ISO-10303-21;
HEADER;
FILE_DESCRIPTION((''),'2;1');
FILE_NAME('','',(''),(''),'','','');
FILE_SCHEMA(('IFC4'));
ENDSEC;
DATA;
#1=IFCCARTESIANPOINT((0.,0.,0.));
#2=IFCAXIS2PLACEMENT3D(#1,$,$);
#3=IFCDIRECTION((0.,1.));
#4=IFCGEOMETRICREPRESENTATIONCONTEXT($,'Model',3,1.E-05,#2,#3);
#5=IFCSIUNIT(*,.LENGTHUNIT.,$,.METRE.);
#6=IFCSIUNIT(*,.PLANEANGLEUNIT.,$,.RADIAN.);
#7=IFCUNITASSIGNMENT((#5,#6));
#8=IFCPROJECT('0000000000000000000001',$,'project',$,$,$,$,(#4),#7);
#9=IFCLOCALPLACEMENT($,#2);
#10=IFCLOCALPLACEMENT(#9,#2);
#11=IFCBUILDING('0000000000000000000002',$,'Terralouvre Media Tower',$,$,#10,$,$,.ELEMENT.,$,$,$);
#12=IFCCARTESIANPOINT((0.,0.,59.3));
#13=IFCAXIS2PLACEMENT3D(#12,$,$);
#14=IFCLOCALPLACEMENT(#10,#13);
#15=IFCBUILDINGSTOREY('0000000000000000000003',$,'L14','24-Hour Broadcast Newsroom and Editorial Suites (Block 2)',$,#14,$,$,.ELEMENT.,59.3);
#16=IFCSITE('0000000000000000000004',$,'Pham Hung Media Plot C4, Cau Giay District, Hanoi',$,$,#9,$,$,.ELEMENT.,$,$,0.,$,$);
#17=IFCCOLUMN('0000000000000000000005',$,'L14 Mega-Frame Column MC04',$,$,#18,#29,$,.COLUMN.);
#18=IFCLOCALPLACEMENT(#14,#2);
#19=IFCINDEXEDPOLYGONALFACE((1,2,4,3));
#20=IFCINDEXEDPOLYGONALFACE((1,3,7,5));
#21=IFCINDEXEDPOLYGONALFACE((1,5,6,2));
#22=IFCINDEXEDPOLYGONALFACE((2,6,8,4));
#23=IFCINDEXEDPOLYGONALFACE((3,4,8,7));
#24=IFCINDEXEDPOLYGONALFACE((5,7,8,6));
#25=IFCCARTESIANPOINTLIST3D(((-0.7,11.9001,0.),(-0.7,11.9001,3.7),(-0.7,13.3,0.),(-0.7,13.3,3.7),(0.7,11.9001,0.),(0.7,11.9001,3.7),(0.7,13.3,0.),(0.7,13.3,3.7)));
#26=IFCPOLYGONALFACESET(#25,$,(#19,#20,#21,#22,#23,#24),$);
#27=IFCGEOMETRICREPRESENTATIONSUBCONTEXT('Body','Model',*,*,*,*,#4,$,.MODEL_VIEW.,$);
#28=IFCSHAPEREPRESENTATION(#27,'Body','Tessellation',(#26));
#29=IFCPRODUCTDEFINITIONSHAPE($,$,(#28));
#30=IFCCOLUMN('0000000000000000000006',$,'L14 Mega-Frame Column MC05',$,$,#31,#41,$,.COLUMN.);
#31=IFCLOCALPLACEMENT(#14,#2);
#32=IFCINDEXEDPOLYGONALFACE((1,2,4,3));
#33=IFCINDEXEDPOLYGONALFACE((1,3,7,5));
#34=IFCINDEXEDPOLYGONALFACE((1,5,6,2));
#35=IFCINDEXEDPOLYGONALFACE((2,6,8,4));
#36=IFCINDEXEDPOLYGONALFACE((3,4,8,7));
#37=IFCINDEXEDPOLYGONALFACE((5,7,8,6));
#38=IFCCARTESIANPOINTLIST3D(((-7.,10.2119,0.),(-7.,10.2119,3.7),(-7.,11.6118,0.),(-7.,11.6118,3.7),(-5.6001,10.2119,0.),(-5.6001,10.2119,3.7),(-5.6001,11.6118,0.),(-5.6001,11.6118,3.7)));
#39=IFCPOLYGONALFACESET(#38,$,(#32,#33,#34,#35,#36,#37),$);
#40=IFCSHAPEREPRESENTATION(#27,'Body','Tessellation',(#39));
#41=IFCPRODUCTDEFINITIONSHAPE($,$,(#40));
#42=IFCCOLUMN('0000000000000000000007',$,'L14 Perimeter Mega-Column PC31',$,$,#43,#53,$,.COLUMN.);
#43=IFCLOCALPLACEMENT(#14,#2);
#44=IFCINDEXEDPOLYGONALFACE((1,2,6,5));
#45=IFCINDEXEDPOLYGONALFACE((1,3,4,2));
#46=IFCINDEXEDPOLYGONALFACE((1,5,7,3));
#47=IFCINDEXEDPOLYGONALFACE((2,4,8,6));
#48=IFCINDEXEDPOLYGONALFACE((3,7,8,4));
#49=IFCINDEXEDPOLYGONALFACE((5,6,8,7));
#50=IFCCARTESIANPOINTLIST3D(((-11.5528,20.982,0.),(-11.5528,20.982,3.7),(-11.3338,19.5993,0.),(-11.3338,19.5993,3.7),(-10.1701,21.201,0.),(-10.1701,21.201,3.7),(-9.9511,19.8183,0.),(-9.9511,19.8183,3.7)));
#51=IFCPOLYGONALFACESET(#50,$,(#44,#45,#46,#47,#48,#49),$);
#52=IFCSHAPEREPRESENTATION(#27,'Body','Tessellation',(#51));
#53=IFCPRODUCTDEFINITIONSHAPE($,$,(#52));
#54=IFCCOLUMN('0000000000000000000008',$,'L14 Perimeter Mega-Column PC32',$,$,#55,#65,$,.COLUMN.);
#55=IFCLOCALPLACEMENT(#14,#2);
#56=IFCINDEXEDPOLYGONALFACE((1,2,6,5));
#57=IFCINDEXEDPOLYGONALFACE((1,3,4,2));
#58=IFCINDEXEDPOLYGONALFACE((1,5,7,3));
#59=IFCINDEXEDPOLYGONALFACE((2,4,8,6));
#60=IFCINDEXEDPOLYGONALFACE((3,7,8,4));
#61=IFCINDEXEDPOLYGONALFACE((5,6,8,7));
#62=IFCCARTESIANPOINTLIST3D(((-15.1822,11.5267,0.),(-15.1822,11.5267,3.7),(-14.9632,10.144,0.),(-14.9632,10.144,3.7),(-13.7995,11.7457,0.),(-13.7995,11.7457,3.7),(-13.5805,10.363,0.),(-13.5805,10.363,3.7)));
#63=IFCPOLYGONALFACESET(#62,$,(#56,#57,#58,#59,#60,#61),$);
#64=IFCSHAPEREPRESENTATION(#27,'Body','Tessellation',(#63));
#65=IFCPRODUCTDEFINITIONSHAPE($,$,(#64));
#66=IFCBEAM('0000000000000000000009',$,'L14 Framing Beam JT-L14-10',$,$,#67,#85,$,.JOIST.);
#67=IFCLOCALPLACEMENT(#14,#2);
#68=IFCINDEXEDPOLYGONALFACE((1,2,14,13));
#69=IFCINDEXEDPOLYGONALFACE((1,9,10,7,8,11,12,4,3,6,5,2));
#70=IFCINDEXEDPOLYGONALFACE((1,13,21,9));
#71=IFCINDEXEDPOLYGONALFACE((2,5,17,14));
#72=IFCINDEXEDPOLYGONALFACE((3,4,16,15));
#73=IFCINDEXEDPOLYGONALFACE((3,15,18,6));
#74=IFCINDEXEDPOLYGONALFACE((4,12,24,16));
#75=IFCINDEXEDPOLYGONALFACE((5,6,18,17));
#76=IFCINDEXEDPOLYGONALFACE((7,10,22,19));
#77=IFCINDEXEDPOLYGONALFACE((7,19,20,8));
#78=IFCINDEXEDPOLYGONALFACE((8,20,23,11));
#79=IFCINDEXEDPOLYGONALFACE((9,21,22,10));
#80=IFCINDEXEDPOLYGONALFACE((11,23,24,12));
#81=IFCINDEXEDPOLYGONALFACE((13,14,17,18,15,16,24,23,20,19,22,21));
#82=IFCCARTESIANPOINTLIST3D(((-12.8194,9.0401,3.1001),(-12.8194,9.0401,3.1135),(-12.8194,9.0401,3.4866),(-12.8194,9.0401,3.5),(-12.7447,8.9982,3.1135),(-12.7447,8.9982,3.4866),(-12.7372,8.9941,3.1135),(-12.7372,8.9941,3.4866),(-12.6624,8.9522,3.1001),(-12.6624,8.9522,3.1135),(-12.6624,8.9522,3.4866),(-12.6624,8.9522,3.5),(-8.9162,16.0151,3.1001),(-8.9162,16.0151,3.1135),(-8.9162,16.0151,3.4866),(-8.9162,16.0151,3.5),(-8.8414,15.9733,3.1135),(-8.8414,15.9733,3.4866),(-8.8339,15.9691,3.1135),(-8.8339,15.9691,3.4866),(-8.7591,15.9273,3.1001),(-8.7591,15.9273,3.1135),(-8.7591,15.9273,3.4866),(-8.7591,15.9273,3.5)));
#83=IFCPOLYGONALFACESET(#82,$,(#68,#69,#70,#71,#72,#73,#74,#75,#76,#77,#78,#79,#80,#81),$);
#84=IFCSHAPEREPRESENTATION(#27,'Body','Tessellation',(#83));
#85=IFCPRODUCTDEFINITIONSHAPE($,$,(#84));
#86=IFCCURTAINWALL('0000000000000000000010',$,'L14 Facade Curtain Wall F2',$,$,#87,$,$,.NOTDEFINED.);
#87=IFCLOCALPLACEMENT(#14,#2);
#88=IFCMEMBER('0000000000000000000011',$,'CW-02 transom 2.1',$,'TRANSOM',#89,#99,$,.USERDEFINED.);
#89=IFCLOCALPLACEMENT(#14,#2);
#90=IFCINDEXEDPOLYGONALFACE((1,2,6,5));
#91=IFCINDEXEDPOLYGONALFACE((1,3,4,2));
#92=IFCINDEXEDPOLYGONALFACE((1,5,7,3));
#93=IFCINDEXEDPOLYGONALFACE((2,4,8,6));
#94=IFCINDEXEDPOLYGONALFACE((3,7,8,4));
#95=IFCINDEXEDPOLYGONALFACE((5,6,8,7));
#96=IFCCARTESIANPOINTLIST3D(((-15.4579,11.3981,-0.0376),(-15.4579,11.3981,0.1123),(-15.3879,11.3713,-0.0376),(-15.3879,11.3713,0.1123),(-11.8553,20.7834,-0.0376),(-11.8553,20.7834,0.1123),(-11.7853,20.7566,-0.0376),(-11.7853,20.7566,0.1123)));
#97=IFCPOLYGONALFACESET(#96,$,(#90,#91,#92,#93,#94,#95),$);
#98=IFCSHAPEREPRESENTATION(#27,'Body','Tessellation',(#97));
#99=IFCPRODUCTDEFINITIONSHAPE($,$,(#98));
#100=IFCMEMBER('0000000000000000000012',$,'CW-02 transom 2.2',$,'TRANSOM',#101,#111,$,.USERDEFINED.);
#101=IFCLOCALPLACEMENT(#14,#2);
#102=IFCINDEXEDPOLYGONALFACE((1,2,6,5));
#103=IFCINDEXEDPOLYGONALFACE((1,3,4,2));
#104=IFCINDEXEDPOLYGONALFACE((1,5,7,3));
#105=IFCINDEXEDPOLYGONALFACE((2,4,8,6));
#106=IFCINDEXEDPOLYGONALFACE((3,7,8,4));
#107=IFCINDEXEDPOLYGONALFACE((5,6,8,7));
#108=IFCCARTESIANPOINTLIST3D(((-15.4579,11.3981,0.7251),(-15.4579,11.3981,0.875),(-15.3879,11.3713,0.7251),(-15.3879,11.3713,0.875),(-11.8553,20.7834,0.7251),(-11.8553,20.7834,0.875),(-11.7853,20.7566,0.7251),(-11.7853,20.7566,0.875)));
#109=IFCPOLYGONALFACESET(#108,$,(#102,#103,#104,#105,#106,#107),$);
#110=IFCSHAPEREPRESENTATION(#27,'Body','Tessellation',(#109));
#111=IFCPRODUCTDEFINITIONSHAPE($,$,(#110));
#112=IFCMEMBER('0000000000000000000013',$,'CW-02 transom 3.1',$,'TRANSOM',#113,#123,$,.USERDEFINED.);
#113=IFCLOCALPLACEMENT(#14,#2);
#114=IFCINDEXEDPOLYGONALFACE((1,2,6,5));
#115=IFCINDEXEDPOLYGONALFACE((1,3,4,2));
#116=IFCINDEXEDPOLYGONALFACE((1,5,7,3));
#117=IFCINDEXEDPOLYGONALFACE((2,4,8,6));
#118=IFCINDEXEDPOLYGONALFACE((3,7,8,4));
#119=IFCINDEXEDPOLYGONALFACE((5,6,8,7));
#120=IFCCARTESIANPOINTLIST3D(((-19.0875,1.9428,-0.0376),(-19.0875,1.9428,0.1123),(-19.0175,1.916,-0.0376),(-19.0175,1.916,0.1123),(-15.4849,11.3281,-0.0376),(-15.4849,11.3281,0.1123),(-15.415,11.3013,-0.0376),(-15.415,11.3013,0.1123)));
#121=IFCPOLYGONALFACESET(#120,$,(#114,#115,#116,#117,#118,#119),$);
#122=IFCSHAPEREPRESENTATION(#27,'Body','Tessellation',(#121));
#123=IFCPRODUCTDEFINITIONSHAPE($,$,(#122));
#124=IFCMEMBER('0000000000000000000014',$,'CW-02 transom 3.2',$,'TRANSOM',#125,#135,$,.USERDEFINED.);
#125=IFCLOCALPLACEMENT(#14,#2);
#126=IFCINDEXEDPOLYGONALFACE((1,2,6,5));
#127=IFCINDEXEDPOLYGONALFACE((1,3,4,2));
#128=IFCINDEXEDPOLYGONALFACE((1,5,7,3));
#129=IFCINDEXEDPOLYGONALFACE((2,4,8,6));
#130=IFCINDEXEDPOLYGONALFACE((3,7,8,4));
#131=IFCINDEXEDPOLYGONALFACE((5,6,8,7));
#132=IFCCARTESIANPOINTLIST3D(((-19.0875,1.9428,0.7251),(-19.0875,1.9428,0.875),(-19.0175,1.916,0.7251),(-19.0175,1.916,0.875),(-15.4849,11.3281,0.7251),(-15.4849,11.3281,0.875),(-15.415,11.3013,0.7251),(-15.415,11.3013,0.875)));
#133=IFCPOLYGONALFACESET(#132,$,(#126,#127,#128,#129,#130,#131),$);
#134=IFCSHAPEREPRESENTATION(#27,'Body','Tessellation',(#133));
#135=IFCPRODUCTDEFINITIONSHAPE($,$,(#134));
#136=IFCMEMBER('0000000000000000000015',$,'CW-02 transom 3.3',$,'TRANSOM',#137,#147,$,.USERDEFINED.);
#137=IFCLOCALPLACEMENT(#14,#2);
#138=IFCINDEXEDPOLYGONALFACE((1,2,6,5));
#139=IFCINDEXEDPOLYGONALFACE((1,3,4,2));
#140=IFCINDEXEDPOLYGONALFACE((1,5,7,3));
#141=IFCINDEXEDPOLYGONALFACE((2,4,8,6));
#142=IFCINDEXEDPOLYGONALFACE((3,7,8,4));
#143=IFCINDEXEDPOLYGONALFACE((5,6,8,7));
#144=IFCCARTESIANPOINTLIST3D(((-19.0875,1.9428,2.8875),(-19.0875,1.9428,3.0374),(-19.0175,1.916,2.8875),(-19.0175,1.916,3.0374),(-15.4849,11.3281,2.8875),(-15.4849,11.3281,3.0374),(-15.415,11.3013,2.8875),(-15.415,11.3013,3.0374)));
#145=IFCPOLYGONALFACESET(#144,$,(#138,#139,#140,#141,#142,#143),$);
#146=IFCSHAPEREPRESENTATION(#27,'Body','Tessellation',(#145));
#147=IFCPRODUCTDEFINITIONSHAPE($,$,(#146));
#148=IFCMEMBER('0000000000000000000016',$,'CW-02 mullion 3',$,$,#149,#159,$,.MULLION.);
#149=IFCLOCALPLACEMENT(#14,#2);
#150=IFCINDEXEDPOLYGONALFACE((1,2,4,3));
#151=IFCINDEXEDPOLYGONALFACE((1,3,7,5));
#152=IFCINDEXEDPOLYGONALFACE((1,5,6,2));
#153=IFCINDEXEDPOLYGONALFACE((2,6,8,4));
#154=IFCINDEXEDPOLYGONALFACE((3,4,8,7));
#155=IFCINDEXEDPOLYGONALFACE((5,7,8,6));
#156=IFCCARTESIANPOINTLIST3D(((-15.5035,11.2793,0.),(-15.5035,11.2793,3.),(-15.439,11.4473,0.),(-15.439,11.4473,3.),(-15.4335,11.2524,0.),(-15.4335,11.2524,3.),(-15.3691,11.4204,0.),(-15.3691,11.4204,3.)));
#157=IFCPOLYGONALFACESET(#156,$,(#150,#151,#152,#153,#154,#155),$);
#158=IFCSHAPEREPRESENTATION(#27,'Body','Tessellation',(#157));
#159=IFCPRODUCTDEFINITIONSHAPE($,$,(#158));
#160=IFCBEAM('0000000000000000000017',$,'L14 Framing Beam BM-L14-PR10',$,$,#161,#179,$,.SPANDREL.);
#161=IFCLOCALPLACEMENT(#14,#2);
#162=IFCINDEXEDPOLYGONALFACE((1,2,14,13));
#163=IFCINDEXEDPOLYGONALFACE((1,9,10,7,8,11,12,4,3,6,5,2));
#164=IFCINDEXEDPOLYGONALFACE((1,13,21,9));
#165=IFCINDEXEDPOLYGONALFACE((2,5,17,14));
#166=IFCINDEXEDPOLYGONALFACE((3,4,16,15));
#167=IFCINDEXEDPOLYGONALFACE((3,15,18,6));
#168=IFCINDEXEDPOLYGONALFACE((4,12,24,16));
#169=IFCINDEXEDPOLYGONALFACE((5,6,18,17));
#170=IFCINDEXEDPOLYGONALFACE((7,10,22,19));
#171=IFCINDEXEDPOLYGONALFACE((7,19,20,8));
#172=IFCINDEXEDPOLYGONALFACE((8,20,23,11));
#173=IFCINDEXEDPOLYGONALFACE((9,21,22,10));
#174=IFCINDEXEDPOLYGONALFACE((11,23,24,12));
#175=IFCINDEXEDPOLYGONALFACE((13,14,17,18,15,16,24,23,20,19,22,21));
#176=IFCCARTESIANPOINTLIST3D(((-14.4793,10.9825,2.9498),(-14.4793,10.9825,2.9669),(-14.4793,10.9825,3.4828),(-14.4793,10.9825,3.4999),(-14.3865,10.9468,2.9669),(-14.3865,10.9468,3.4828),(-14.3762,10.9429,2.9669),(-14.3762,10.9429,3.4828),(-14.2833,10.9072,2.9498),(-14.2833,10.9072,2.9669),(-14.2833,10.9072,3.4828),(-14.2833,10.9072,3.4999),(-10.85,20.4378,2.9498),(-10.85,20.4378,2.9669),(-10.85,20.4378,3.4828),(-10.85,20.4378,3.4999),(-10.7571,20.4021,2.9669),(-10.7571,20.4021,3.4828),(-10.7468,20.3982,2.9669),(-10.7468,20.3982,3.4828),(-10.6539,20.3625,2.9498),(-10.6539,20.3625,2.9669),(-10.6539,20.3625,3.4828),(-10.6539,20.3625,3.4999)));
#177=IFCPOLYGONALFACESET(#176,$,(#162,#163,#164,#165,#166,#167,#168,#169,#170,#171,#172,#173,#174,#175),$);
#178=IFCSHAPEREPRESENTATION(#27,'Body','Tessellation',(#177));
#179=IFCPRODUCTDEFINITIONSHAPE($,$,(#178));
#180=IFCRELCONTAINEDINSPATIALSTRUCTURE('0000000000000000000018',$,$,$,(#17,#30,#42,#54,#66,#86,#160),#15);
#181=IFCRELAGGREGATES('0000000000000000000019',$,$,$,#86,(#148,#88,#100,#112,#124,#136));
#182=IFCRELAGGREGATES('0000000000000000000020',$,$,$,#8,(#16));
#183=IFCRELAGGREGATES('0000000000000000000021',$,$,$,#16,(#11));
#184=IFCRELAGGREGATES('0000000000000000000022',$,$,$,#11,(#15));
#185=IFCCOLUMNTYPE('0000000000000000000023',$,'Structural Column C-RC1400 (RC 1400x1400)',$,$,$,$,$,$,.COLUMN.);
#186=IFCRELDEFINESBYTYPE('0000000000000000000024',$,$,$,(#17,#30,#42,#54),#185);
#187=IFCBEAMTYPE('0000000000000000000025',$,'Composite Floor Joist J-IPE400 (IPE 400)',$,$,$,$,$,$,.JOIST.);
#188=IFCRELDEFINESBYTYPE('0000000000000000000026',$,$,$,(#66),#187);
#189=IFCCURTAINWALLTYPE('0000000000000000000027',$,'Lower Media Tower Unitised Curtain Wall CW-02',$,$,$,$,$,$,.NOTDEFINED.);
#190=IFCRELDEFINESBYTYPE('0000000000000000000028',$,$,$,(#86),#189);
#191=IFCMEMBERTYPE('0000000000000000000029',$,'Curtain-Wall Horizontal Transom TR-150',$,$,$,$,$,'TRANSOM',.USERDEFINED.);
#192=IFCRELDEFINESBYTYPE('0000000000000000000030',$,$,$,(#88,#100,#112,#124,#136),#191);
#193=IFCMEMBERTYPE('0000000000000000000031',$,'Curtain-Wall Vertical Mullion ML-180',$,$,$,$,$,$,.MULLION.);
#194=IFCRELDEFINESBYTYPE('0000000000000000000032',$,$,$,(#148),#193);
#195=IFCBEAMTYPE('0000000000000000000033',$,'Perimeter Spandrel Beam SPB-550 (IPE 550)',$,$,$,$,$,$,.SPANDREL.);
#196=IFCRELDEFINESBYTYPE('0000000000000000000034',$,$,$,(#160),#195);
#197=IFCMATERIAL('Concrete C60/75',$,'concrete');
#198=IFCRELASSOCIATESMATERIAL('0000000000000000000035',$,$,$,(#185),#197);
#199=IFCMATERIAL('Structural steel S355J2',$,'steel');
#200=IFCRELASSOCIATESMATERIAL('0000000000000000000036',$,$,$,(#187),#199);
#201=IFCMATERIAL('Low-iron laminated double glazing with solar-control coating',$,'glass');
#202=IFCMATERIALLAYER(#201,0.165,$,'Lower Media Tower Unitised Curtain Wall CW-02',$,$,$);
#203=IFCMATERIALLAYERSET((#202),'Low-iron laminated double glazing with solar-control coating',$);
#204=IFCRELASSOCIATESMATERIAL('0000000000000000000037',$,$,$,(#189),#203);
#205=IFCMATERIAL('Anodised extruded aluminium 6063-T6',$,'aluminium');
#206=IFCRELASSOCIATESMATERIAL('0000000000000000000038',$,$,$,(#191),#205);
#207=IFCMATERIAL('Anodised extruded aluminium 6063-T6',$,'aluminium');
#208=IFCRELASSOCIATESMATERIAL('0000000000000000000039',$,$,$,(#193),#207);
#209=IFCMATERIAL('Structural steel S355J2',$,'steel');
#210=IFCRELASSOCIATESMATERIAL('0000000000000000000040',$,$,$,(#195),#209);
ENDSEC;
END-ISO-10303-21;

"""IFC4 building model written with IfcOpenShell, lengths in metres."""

from ifc_helpers import new_model, si_unit, direction, frame, origin, origin_2d, place, context, subcontext, project, spatial, rectangle, i_section, extrude, material, layer, layer_set, material_profile, profile_set, type_object, element, aggregate, save


model = new_model("IFC4")

# Units and contexts
model_context = context("Model", 3, precision=1e-05, world=origin(), true_north=direction((0.0, 1.0)))
body_context = subcontext(model_context, "Body", "Model", "MODEL_VIEW")
ifc_project = project(units=[si_unit("LENGTHUNIT", "METRE"), si_unit("PLANEANGLEUNIT", "RADIAN")], contexts=[model_context])

# Site, building, storey
site_placement = place(None, origin())
site = spatial("IfcSite", under=ifc_project, at=site_placement, Name="Pham Hung Media Plot C4, Cau Giay District, Hanoi", CompositionType="ELEMENT", RefElevation=0.0)
building_placement = place(site_placement, origin())
building = spatial("IfcBuilding", under=site, at=building_placement, Name="Terralouvre Media Tower", CompositionType="ELEMENT")
storey_placement = place(building_placement, frame((0.0, 0.0, 59.3)))
storey = spatial("IfcBuildingStorey", under=building, at=storey_placement, Name="L14", Description="24-Hour Broadcast Newsroom and Editorial Suites (Block 2)", CompositionType="ELEMENT", Elevation=59.3)

# Columns
ifc_material_1 = material(Name="Concrete C60/75", Category="concrete")
ifc_material_profile_1 = material_profile(ifc_material_1, rectangle(XDim=1.3999, YDim=1.3999, at=origin_2d()), Name="RC 1400x1400")
ifc_profile_set_1 = profile_set([ifc_material_profile_1], Name="Concrete C60/75")
column_type = type_object("IfcColumnType", Name="Structural Column C-RC1400 (RC 1400x1400)", PredefinedType="COLUMN", material=ifc_profile_set_1)
for number, where, z_axis, x_axis, name in (
    (1, (0.0, 12.6001, 0.0), (0.0, 0.0, 1.0), (1.0, 0.0, 0.0), "L14 Mega-Frame Column MC04"),
    (2, (-6.3, 10.9119, 0.0), (0.0, 0.0, 1.0), (1.0, 0.0, 0.0), "L14 Mega-Frame Column MC05"),
    (3, (-10.752, 20.4001, 0.0), (0.0, 0.0, 1.0), (0.987688, 0.156434, 0.0), "L14 Perimeter Mega-Column PC31"),
    (4, (-14.3813, 10.9448, 0.0), (0.0, 0.0, 1.0), (0.987688, 0.156434, 0.0), "L14 Perimeter Mega-Column PC32"),
):
    element("IfcColumn", number, at=place(storey_placement, frame(where, z_axis=z_axis, x_axis=x_axis)), inside=storey, type_object=column_type, Name=name, PredefinedType="COLUMN", context=body_context, shape_type="SweptSolid", body=[
        extrude(rectangle(XDim=1.3999, YDim=1.3999, at=origin_2d()), origin(), (0.0, 0.0, 1.0), 3.7),
    ])

# Beam
ifc_material_2 = material(Name="Structural steel S355J2", Category="steel")
ifc_material_profile_2 = material_profile(ifc_material_2, i_section(OverallWidth=0.1799, OverallDepth=0.3999, WebThickness=0.0085, FlangeThickness=0.0134, at=origin_2d()), Name="IPE 400")
ifc_profile_set_2 = profile_set([ifc_material_profile_2], Name="Structural steel S355J2")
beam_type_1 = type_object("IfcBeamType", Name="Composite Floor Joist J-IPE400 (IPE 400)", PredefinedType="JOIST", material=ifc_profile_set_2)
beam_1_placement = place(storey_placement, frame((-8.8376, 15.9712, 3.3), z_axis=(-0.488343, -0.872652, 0.0), x_axis=(0.872652, -0.488343, 0.0)))
element("IfcBeam", 5, at=beam_1_placement, inside=storey, type_object=beam_type_1, Name="L14 Framing Beam JT-L14-10", PredefinedType="JOIST", context=body_context, shape_type="SweptSolid", body=[
    extrude(i_section(OverallWidth=0.1799, OverallDepth=0.3999, WebThickness=0.0085, FlangeThickness=0.0134, at=origin_2d()), origin(), (0.0, 0.0, 1.0), 7.9929),
])

# Curtain wall, members
ifc_material_3 = material(Name="Low-iron laminated double glazing with solar-control coating", Category="glass")
ifc_layer_1 = layer(ifc_material_3, 0.165, Name="Lower Media Tower Unitised Curtain Wall CW-02")
ifc_layer_set_1 = layer_set([ifc_layer_1], Name="Low-iron laminated double glazing with solar-control coating")
curtain_wall_type = type_object("IfcCurtainWallType", Name="Lower Media Tower Unitised Curtain Wall CW-02", PredefinedType="NOTDEFINED", material=ifc_layer_set_1)
curtain_wall_placement = place(storey_placement, origin())
curtain_wall = element("IfcCurtainWall", 6, at=curtain_wall_placement, inside=storey, type_object=curtain_wall_type, Name="L14 Facade Curtain Wall F2", PredefinedType="NOTDEFINED")
ifc_material_4 = material(Name="Anodised extruded aluminium 6063-T6", Category="aluminium")
ifc_material_profile_3 = material_profile(ifc_material_4, rectangle(XDim=0.075, YDim=0.1499, at=origin_2d()), Name="ALU 75x150")
ifc_profile_set_3 = profile_set([ifc_material_profile_3], Name="Anodised extruded aluminium 6063-T6")
member_type_1 = type_object("IfcMemberType", Name="Curtain-Wall Horizontal Transom TR-150", ElementType="TRANSOM", PredefinedType="USERDEFINED", material=ifc_profile_set_3)
member_1_placement = place(storey_placement, frame((-11.8203, 20.77, 0.0374), z_axis=(-0.358357, -0.933584, 0.0), x_axis=(0.933584, -0.358357, 0.0)))
member_1 = element("IfcMember", 7, at=member_1_placement, type_object=member_type_1, Name="CW-02 transom 2.1", ObjectType="TRANSOM", PredefinedType="USERDEFINED", context=body_context, shape_type="SweptSolid", body=[
    extrude(rectangle(XDim=0.075, YDim=0.1499, at=origin_2d()), origin(), (0.0, 0.0, 1.0), 10.053),
])
member_2_placement = place(storey_placement, frame((-11.8203, 20.77, 0.8), z_axis=(-0.358357, -0.933584, 0.0), x_axis=(0.933584, -0.358357, 0.0)))
member_2 = element("IfcMember", 8, at=member_2_placement, type_object=member_type_1, Name="CW-02 transom 2.2", ObjectType="TRANSOM", PredefinedType="USERDEFINED", context=body_context, shape_type="SweptSolid", body=[
    extrude(rectangle(XDim=0.075, YDim=0.1499, at=origin_2d()), origin(), (0.0, 0.0, 1.0), 10.053),
])
member_3_placement = place(storey_placement, frame((-15.45, 11.3147, 0.0374), z_axis=(-0.358357, -0.933584, 0.0), x_axis=(0.933584, -0.358357, 0.0)))
member_3 = element("IfcMember", 9, at=member_3_placement, type_object=member_type_1, Name="CW-02 transom 3.1", ObjectType="TRANSOM", PredefinedType="USERDEFINED", context=body_context, shape_type="SweptSolid", body=[
    extrude(rectangle(XDim=0.075, YDim=0.1499, at=origin_2d()), origin(), (0.0, 0.0, 1.0), 10.053),
])
member_4_placement = place(storey_placement, frame((-15.45, 11.3147, 0.8), z_axis=(-0.358357, -0.933584, 0.0), x_axis=(0.933584, -0.358357, 0.0)))
member_4 = element("IfcMember", 10, at=member_4_placement, type_object=member_type_1, Name="CW-02 transom 3.2", ObjectType="TRANSOM", PredefinedType="USERDEFINED", context=body_context, shape_type="SweptSolid", body=[
    extrude(rectangle(XDim=0.075, YDim=0.1499, at=origin_2d()), origin(), (0.0, 0.0, 1.0), 10.053),
])
member_5_placement = place(storey_placement, frame((-15.45, 11.3147, 2.9624), z_axis=(-0.358357, -0.933584, 0.0), x_axis=(0.933584, -0.358357, 0.0)))
member_5 = element("IfcMember", 11, at=member_5_placement, type_object=member_type_1, Name="CW-02 transom 3.3", ObjectType="TRANSOM", PredefinedType="USERDEFINED", context=body_context, shape_type="SweptSolid", body=[
    extrude(rectangle(XDim=0.075, YDim=0.1499, at=origin_2d()), origin(), (0.0, 0.0, 1.0), 10.053),
])
ifc_material_5 = material(Name="Anodised extruded aluminium 6063-T6", Category="aluminium")
ifc_material_profile_4 = material_profile(ifc_material_5, rectangle(XDim=0.075, YDim=0.1799, at=origin_2d()), Name="ALU 75x180")
ifc_profile_set_4 = profile_set([ifc_material_profile_4], Name="Anodised extruded aluminium 6063-T6")
member_type_2 = type_object("IfcMemberType", Name="Curtain-Wall Vertical Mullion ML-180", PredefinedType="MULLION", material=ifc_profile_set_4)
member_6_placement = place(storey_placement, frame((-15.4363, 11.3499, 0.0), z_axis=(0.0, 0.0, 1.0), x_axis=(0.93358, -0.358368, 0.0)))
member_6 = element("IfcMember", 12, at=member_6_placement, type_object=member_type_2, Name="CW-02 mullion 3", PredefinedType="MULLION", context=body_context, shape_type="SweptSolid", body=[
    extrude(rectangle(XDim=0.075, YDim=0.1799, at=origin_2d()), origin(), (0.0, 0.0, 1.0), 3.0),
])

# Beam
ifc_material_6 = material(Name="Structural steel S355J2", Category="steel")
ifc_material_profile_5 = material_profile(ifc_material_6, i_section(OverallWidth=0.21, OverallDepth=0.55, WebThickness=0.011, FlangeThickness=0.0171, at=origin_2d()), Name="IPE 550")
ifc_profile_set_5 = profile_set([ifc_material_profile_5], Name="Structural steel S355J2")
beam_type_2 = type_object("IfcBeamType", Name="Perimeter Spandrel Beam SPB-550 (IPE 550)", PredefinedType="SPANDREL", material=ifc_profile_set_5)
for number, where, z_axis, x_axis, name in (
    (13, (-10.752, 20.4001, 3.2249), (-0.358354, -0.933586, 0.0), (0.933586, -0.358354, 0.0), "L14 Framing Beam BM-L14-PR10"),
):
    element("IfcBeam", number, at=place(storey_placement, frame(where, z_axis=z_axis, x_axis=x_axis)), inside=storey, type_object=beam_type_2, Name=name, PredefinedType="SPANDREL", context=body_context, shape_type="SweptSolid", body=[
        extrude(i_section(OverallWidth=0.21, OverallDepth=0.55, WebThickness=0.011, FlangeThickness=0.0171, at=origin_2d()), origin(), (0.0, 0.0, 1.0), 10.1279),
    ])

aggregate(curtain_wall, [member_6, member_1, member_2, member_3, member_4, member_5])

save(model, "model.ifc")
